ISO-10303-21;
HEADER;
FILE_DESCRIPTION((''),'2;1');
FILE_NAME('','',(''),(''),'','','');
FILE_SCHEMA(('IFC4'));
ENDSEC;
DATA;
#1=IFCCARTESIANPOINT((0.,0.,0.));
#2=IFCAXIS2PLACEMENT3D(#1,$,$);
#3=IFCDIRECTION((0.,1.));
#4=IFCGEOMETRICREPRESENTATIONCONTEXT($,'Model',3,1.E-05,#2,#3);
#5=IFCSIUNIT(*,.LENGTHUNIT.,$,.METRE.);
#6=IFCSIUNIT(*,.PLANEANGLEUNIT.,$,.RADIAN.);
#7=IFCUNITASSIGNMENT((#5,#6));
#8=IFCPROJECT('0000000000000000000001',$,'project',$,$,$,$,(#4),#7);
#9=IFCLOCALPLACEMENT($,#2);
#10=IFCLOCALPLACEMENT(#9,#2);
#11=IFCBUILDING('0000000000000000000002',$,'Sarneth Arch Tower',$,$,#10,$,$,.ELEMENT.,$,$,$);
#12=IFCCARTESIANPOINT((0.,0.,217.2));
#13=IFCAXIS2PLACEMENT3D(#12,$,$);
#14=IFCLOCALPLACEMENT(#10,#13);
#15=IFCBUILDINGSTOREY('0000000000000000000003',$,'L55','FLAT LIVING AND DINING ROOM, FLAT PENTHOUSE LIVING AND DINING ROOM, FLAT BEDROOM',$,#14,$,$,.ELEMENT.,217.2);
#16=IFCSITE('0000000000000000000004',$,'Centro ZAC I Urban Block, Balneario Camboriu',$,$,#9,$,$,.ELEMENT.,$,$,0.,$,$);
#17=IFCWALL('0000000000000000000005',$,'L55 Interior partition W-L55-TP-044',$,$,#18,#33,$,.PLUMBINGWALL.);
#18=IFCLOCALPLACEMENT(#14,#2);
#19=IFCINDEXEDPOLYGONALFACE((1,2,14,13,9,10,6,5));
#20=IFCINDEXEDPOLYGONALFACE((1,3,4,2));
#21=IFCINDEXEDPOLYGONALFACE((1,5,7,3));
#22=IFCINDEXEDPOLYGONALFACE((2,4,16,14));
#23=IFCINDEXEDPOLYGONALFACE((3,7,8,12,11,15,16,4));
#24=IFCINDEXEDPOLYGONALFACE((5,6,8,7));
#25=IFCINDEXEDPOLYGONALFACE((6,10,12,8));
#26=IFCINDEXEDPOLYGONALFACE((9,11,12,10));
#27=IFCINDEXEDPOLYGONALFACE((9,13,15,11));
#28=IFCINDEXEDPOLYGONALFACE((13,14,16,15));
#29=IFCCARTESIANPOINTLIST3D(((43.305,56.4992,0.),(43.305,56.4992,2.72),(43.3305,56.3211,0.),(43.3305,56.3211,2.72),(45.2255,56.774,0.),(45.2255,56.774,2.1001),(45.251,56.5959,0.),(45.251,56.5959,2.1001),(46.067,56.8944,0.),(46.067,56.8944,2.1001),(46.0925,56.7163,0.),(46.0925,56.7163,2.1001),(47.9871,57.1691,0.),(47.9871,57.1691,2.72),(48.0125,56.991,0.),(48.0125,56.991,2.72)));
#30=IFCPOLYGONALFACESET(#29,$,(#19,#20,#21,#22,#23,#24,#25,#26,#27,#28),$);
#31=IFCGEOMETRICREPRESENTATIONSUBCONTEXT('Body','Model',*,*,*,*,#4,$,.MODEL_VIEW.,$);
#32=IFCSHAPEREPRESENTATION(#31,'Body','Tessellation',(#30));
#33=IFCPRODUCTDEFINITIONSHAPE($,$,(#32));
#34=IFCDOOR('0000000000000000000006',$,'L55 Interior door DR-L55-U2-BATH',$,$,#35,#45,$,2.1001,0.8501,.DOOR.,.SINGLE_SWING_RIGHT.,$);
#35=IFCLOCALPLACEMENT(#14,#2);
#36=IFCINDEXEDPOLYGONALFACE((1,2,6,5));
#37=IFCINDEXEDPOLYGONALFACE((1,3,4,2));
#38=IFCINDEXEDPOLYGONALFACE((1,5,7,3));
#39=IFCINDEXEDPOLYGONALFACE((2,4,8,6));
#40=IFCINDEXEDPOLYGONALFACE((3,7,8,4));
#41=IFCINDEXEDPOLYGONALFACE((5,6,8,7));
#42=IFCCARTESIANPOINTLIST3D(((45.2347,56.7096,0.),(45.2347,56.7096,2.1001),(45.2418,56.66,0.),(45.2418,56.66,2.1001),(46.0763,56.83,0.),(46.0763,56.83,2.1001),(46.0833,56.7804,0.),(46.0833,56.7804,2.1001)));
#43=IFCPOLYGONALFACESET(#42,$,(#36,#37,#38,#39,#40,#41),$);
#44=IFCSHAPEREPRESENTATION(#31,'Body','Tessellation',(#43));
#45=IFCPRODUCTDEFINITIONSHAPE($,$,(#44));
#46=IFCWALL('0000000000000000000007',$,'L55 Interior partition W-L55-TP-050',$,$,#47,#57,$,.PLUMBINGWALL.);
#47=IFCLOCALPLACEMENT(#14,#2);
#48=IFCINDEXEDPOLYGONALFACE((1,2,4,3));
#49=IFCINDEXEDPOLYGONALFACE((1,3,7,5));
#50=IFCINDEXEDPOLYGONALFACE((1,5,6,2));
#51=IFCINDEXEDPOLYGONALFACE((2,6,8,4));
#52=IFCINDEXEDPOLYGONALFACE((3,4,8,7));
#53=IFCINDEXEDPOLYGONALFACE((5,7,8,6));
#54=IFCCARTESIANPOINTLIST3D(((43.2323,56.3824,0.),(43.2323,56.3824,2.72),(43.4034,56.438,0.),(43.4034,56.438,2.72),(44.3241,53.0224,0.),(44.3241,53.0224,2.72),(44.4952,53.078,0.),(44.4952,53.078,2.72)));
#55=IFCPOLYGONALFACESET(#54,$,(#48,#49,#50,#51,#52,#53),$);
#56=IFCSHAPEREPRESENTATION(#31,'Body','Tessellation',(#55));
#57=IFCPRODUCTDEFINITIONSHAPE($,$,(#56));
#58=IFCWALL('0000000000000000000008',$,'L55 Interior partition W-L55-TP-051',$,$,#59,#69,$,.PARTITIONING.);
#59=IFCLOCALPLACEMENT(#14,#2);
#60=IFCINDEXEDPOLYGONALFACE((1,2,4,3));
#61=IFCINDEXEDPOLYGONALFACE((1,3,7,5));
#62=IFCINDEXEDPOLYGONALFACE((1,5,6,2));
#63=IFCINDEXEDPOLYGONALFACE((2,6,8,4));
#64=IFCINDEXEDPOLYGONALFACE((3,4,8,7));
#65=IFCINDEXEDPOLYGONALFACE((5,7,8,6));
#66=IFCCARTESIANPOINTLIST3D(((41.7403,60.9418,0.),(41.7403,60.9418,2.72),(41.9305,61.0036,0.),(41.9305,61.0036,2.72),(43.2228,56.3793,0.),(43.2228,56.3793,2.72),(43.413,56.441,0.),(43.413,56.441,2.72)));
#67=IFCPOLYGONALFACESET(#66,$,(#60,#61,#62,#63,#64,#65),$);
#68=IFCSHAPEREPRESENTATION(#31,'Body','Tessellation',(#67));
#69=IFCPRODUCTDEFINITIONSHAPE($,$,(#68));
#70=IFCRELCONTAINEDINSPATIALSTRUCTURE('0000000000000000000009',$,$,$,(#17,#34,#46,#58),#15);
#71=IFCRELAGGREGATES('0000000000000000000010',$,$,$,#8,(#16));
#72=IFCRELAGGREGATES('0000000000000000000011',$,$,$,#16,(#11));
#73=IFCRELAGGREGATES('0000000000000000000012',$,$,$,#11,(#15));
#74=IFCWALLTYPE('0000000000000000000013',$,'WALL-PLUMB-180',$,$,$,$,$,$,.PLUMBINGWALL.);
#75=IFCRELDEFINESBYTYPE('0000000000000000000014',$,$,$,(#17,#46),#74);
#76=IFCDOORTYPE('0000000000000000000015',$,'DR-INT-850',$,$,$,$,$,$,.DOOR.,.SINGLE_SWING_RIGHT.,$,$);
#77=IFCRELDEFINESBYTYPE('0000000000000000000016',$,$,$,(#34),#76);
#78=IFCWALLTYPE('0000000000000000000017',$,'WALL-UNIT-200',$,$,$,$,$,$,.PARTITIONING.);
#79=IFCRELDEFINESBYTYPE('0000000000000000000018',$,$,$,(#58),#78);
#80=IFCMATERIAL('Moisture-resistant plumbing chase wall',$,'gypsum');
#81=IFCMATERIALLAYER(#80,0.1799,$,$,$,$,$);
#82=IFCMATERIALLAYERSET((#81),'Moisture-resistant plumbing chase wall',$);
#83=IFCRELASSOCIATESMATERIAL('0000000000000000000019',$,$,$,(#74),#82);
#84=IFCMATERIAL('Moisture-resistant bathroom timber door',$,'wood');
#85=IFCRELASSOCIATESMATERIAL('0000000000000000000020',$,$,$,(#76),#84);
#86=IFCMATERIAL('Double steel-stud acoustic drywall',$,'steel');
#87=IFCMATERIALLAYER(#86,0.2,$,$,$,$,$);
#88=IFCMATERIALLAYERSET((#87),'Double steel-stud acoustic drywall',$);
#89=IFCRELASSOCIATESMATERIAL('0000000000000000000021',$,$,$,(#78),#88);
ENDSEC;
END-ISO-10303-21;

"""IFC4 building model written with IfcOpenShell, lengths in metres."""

from ifc_helpers import new_model, si_unit, direction, frame, frame_2d, origin, place, context, subcontext, project, spatial, rectangle, extrude, material, layer, layer_set, type_object, element, fill, save


model = new_model("IFC4")

# Units and contexts
model_context = context("Model", 3, precision=1e-05, world=origin(), true_north=direction((0.0, 1.0)))
body_context = subcontext(model_context, "Body", "Model", "MODEL_VIEW")
ifc_project = project(units=[si_unit("LENGTHUNIT", "METRE"), si_unit("PLANEANGLEUNIT", "RADIAN")], contexts=[model_context])

# Site, building, storey
site_placement = place(None, origin())
site = spatial("IfcSite", under=ifc_project, at=site_placement, Name="Centro ZAC I Urban Block, Balneario Camboriu", CompositionType="ELEMENT", RefElevation=0.0)
building_placement = place(site_placement, origin())
building = spatial("IfcBuilding", under=site, at=building_placement, Name="Sarneth Arch Tower", CompositionType="ELEMENT")
storey_placement = place(building_placement, frame((0.0, 0.0, 217.2)))
storey = spatial("IfcBuildingStorey", under=building, at=storey_placement, Name="L55", Description="FLAT LIVING AND DINING ROOM, FLAT PENTHOUSE LIVING AND DINING ROOM, FLAT BEDROOM", CompositionType="ELEMENT", Elevation=217.2)

# Wall, opening, door
ifc_material_1 = material(Name="Moisture-resistant plumbing chase wall", Category="gypsum")
ifc_layer_1 = layer(ifc_material_1, 0.1799)
ifc_layer_set_1 = layer_set([ifc_layer_1], Name="Moisture-resistant plumbing chase wall")
wall_type_1 = type_object("IfcWallType", Name="WALL-PLUMB-180", PredefinedType="PLUMBINGWALL", material=ifc_layer_set_1)
wall_1_placement = place(storey_placement, frame((43.3179, 56.4102, 0.0), z_axis=(0.0, 0.0, 1.0), x_axis=(0.989918, 0.141638, 0.0)))
wall_1 = element("IfcWall", 1, at=wall_1_placement, inside=storey, type_object=wall_type_1, Name="L55 Interior partition W-L55-TP-044", PredefinedType="PLUMBINGWALL", context=body_context, shape_type="SweptSolid", body=[
    extrude(rectangle(XDim=4.7297, YDim=0.1799, at=frame_2d((2.3647, 0.0))), origin(), (0.0, 0.0, 1.0), 2.72),
])
opening_1_placement = place(wall_1_placement, frame((1.9399, 0.0, 0.0)))
opening_1 = element("IfcOpeningElement", 2, at=opening_1_placement, cuts=wall_1, PredefinedType="OPENING", context=body_context, shape_type="SweptSolid", body=[
    extrude(rectangle(XDim=0.8501, YDim=2.1001, at=frame_2d((0.425, 1.05))), frame((0.0, 0.0999, 0.0), z_axis=(0.0, -1.0, 0.0), x_axis=(1.0, 0.0, 0.0)), (0.0, 0.0, 1.0), 0.2),
])
ifc_material_2 = material(Name="Moisture-resistant bathroom timber door", Category="wood")
door_type_1 = type_object("IfcDoorType", Name="DR-INT-850", OperationType="SINGLE_SWING_RIGHT", PredefinedType="DOOR", material=ifc_material_2)
door_1_placement = place(opening_1_placement, origin())
door_1 = element("IfcDoor", 3, at=door_1_placement, inside=storey, type_object=door_type_1, Name="L55 Interior door DR-L55-U2-BATH", OperationType="SINGLE_SWING_RIGHT", OverallHeight=2.1001, OverallWidth=0.8501, PredefinedType="DOOR", context=body_context, shape_type="SweptSolid", body=[
    extrude(rectangle(XDim=0.8501, YDim=2.1001, at=frame_2d((0.425, 1.05))), frame((0.0, 0.0249, 0.0), z_axis=(0.0, -1.0, 0.0), x_axis=(1.0, 0.0, 0.0)), (0.0, 0.0, 1.0), 0.05),
])
fill(opening_1, door_1)

# Walls
wall_2_placement = place(storey_placement, frame((44.4097, 53.05, 0.0), z_axis=(0.0, 0.0, 1.0), x_axis=(-0.309025, 0.951054, 0.0)))
element("IfcWall", 4, at=wall_2_placement, inside=storey, type_object=wall_type_1, Name="L55 Interior partition W-L55-TP-050", PredefinedType="PLUMBINGWALL", context=body_context, shape_type="SweptSolid", body=[
    extrude(rectangle(XDim=3.533, YDim=0.1799, at=frame_2d((1.7666, 0.0))), origin(), (0.0, 0.0, 1.0), 2.72),
])
ifc_material_3 = material(Name="Double steel-stud acoustic drywall", Category="steel")
ifc_layer_2 = layer(ifc_material_3, 0.2)
ifc_layer_set_2 = layer_set([ifc_layer_2], Name="Double steel-stud acoustic drywall")
wall_type_2 = type_object("IfcWallType", Name="WALL-UNIT-200", PredefinedType="PARTITIONING", material=ifc_layer_set_2)
wall_3_placement = place(storey_placement, frame((43.3179, 56.4102, 0.0), z_axis=(0.0, 0.0, 1.0), x_axis=(-0.309012, 0.951058, 0.0)))
element("IfcWall", 5, at=wall_3_placement, inside=storey, type_object=wall_type_2, Name="L55 Interior partition W-L55-TP-051", PredefinedType="PARTITIONING", context=body_context, shape_type="SweptSolid", body=[
    extrude(rectangle(XDim=4.7974, YDim=0.2, at=frame_2d((2.3987, 0.0))), origin(), (0.0, 0.0, 1.0), 2.72),
])

save(model, "model.ifc")
